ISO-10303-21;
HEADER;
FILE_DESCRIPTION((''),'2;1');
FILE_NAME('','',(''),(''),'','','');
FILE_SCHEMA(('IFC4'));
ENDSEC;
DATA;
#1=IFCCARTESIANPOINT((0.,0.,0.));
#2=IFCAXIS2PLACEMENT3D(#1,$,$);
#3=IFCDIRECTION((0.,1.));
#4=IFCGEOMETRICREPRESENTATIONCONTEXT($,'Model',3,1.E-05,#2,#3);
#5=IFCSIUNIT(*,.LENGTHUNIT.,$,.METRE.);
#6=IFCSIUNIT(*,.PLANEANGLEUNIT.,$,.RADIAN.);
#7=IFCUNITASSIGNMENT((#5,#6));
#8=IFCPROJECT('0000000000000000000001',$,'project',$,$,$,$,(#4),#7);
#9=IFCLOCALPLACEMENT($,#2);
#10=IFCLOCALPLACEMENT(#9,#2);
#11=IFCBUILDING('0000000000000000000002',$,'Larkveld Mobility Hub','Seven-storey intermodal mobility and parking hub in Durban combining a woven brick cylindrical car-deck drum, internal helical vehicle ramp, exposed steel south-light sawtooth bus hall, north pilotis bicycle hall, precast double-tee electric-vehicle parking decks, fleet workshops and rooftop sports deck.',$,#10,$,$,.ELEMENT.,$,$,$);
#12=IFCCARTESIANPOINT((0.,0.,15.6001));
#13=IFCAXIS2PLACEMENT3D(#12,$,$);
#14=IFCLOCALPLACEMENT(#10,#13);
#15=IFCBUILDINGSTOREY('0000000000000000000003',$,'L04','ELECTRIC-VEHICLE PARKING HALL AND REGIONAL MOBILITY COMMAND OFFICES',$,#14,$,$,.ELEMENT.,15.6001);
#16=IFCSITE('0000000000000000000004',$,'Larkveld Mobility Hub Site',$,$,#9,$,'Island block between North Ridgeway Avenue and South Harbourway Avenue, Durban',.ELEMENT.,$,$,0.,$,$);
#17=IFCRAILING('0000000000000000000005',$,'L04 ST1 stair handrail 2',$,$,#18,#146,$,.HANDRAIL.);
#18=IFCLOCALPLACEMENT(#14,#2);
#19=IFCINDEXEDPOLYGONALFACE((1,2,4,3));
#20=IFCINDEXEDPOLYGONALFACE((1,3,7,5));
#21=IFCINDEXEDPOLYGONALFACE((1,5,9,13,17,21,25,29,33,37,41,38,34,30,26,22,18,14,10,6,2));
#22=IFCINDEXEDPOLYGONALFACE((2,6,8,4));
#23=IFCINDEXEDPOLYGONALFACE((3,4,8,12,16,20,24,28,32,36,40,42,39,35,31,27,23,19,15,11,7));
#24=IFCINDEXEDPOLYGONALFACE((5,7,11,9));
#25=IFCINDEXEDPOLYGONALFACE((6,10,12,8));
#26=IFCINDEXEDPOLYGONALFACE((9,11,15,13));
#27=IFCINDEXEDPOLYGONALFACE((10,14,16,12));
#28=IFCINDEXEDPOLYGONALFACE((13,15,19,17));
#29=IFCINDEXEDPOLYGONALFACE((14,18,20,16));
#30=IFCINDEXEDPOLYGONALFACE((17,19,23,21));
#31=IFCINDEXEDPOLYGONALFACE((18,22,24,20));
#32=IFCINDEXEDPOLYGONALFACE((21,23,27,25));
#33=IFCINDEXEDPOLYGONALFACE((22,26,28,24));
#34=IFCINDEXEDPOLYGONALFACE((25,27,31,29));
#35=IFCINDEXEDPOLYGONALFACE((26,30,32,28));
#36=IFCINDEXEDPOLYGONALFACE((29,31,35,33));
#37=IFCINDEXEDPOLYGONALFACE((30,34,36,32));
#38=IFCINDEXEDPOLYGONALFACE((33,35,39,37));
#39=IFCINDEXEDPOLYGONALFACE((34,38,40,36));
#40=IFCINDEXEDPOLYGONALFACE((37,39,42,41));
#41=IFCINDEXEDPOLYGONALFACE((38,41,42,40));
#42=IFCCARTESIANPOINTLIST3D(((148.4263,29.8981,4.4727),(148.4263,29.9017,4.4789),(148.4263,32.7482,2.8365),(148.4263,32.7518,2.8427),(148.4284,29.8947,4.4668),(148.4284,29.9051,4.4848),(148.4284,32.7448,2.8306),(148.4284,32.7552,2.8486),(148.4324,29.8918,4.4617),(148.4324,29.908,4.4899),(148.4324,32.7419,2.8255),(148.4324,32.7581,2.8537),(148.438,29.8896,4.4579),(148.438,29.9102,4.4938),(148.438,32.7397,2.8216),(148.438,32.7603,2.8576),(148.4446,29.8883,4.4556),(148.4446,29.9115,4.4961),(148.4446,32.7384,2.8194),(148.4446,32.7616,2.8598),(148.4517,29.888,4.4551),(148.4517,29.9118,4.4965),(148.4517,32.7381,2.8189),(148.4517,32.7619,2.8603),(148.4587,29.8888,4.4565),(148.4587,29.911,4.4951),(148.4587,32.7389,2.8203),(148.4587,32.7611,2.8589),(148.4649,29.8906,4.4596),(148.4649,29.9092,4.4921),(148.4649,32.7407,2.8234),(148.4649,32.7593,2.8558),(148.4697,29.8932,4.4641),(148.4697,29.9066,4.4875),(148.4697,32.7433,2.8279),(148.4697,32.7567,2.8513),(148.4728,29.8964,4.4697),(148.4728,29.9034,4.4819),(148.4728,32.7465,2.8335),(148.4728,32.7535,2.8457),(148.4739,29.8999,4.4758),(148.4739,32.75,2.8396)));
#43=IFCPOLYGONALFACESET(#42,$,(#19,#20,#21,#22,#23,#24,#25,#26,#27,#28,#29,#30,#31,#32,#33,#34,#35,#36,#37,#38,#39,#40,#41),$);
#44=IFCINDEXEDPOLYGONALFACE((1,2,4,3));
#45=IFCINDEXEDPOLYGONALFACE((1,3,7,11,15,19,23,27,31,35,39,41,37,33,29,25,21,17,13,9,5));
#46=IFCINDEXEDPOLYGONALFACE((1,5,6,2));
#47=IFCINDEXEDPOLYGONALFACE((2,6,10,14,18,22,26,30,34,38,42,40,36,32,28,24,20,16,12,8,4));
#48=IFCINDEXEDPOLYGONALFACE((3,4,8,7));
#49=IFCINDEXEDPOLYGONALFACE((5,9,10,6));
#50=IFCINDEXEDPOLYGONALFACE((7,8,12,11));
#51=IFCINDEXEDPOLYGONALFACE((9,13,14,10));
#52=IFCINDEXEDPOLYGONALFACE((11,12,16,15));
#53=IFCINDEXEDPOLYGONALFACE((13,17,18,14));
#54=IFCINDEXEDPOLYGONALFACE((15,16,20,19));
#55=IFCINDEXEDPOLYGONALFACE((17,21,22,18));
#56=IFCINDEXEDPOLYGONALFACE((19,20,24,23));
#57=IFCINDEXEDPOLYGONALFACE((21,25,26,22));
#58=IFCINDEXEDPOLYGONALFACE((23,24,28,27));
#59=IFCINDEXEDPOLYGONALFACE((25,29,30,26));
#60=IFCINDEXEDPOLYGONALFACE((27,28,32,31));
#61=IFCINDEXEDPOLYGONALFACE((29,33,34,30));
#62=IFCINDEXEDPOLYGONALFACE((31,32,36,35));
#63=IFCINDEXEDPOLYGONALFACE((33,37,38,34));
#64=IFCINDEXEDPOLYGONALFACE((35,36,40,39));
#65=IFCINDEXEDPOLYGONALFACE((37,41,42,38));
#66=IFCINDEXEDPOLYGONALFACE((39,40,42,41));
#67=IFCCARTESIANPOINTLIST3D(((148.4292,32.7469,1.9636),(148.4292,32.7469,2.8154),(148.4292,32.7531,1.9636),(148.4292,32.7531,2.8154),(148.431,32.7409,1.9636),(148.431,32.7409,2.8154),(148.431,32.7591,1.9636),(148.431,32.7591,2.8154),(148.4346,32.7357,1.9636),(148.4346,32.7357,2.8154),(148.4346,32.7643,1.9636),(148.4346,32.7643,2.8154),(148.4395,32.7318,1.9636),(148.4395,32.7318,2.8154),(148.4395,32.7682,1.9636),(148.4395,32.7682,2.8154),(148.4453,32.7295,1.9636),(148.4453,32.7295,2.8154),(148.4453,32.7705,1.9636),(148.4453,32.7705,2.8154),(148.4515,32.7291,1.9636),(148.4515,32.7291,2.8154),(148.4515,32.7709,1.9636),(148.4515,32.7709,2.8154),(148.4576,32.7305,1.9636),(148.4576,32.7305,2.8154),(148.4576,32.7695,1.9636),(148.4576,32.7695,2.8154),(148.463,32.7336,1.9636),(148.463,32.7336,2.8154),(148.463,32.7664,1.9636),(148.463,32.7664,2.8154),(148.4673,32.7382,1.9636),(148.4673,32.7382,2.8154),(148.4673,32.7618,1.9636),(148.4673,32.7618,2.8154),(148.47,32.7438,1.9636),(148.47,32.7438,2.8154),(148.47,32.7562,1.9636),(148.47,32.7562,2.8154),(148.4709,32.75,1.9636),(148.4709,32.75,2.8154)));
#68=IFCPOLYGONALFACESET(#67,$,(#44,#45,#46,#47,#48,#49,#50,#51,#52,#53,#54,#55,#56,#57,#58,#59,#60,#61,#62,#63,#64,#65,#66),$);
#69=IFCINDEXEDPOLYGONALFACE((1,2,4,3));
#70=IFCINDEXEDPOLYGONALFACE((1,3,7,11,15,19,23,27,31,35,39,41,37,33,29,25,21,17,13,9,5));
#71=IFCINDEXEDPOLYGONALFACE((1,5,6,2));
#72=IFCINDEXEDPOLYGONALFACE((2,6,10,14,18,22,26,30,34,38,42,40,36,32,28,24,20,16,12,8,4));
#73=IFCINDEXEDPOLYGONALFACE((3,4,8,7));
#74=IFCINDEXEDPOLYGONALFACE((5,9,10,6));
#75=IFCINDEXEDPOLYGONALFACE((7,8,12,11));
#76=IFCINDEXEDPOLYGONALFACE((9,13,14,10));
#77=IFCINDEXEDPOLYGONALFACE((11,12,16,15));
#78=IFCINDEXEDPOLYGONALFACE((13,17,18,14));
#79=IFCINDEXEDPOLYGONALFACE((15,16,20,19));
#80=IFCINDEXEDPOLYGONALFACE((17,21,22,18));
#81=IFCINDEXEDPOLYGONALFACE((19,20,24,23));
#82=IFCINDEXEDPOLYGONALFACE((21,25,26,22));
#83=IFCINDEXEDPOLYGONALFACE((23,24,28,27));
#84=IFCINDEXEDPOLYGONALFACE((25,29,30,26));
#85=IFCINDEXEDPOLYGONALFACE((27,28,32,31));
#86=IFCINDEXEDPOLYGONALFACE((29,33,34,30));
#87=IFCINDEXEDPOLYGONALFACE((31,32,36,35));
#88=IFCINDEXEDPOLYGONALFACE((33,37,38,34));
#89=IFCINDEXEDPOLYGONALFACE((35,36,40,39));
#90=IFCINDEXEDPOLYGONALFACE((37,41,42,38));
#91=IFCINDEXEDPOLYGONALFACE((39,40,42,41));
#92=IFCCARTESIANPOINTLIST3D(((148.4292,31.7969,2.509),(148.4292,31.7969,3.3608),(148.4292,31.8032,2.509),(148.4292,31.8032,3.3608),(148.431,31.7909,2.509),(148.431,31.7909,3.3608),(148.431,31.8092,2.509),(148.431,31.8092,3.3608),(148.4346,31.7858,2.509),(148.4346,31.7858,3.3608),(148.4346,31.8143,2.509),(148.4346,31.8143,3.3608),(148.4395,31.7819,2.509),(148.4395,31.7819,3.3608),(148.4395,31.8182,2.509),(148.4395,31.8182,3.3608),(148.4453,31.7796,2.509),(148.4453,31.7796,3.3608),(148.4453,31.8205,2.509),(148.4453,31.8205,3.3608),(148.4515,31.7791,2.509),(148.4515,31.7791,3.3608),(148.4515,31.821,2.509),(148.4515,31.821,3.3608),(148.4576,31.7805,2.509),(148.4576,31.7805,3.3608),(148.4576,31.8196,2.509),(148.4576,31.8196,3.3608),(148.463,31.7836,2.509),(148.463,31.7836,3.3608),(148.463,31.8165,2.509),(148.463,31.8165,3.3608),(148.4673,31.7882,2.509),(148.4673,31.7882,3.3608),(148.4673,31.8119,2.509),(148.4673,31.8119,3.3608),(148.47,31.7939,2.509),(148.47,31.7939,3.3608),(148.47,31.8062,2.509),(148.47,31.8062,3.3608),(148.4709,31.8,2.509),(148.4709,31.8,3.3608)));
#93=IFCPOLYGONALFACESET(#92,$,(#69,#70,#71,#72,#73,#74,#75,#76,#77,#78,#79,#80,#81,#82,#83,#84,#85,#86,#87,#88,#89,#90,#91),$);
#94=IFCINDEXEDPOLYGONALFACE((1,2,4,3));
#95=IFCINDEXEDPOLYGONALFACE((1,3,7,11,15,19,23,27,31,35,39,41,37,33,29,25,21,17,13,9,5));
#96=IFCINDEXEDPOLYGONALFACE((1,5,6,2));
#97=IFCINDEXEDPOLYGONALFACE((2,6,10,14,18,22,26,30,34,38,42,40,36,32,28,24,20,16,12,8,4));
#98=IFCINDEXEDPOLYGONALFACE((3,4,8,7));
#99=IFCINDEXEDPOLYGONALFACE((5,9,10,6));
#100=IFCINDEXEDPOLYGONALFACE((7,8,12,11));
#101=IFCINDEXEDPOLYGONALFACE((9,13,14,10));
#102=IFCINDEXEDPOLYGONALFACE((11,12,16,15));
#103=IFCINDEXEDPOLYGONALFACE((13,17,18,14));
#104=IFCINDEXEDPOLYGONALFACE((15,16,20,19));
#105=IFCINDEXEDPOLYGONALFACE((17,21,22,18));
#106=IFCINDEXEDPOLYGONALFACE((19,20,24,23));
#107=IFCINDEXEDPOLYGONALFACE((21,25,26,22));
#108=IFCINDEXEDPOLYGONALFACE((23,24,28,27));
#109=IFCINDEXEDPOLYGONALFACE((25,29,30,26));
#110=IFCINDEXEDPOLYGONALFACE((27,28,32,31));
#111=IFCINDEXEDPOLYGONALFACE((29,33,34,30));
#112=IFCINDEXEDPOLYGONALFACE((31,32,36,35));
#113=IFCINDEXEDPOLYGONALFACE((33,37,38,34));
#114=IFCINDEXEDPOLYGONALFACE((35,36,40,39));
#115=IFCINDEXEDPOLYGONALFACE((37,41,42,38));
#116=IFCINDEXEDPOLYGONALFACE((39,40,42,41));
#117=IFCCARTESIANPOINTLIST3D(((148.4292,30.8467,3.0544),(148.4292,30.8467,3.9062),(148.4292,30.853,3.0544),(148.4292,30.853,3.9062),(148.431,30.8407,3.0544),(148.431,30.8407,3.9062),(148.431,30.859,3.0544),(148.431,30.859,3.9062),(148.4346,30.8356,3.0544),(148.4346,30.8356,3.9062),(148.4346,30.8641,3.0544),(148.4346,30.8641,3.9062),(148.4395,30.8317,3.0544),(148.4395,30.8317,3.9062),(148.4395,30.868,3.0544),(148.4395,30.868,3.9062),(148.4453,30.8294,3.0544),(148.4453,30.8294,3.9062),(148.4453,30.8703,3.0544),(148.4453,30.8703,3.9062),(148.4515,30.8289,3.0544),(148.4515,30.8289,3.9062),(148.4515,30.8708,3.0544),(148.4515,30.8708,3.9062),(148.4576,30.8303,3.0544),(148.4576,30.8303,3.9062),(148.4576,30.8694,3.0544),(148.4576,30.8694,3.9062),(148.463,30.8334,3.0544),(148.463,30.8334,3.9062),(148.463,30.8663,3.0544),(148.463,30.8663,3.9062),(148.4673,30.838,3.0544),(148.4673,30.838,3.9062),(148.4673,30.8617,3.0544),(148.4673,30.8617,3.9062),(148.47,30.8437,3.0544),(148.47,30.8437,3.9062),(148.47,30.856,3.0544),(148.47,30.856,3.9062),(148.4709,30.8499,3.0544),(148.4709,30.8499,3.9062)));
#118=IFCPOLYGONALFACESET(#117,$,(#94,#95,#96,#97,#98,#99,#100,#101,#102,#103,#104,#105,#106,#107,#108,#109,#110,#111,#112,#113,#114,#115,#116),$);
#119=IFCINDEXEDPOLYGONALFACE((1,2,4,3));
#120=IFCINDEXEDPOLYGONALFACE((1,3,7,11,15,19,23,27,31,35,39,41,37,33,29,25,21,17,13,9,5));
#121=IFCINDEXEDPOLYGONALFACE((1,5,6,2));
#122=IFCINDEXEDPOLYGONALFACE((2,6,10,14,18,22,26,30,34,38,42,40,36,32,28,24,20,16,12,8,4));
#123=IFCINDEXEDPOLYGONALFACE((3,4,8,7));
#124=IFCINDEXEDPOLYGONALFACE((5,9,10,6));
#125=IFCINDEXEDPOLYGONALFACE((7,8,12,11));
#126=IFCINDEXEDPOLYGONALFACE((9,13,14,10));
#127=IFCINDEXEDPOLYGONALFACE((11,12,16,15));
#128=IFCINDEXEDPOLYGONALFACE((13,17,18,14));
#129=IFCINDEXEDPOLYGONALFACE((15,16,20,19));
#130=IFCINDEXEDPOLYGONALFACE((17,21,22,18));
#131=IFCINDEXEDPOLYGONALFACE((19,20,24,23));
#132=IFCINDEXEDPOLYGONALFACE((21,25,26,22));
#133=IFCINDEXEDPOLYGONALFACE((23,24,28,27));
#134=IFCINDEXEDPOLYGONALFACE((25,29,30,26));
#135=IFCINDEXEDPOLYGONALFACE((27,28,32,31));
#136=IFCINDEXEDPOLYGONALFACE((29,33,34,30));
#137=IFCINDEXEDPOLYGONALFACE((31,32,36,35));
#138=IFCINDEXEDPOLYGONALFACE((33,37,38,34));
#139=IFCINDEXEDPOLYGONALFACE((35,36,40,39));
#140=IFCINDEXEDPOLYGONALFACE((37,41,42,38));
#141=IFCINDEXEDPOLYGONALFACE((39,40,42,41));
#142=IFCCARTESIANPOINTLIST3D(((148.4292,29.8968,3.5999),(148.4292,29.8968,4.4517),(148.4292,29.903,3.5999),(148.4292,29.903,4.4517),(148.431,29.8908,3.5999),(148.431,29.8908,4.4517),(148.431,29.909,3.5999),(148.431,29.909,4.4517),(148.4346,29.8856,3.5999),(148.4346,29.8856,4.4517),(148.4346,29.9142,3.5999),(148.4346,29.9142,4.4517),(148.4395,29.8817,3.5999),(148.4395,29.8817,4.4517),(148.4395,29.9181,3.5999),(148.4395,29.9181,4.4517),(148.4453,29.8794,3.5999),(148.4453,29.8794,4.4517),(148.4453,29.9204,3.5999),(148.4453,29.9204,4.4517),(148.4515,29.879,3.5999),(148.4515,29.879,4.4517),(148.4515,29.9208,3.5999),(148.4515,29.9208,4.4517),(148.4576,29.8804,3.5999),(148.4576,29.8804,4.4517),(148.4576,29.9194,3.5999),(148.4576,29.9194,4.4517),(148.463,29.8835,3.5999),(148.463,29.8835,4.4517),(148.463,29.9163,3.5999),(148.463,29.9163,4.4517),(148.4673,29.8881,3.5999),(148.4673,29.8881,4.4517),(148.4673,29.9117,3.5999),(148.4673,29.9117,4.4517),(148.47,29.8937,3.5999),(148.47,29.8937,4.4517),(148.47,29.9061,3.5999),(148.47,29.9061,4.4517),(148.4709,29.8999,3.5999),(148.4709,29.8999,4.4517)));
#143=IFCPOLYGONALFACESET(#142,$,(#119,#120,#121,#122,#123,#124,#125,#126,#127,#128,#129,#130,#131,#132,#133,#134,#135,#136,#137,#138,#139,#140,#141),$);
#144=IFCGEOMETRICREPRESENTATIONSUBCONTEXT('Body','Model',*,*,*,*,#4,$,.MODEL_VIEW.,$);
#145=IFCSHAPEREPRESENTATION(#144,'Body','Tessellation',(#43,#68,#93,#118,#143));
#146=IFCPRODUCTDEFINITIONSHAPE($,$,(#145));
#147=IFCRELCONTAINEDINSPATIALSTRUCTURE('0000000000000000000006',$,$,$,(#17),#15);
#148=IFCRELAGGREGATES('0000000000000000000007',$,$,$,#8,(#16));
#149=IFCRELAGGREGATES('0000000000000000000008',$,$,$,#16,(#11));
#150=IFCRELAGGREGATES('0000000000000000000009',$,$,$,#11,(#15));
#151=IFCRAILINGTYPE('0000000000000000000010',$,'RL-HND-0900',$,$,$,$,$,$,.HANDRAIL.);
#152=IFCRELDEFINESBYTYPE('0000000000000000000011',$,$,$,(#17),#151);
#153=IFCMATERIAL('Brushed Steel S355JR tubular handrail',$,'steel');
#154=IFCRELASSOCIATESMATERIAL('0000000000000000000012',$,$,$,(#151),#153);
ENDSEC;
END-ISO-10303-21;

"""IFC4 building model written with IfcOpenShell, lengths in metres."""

from ifc_helpers import new_model, si_unit, direction, frame, origin, origin_2d, place, context, subcontext, project, spatial, circle, extrude, material, type_object, element, save


model = new_model("IFC4")

# Units and contexts
model_context = context("Model", 3, precision=1e-05, world=origin(), true_north=direction((0.0, 1.0)))
body_context = subcontext(model_context, "Body", "Model", "MODEL_VIEW")
ifc_project = project(units=[si_unit("LENGTHUNIT", "METRE"), si_unit("PLANEANGLEUNIT", "RADIAN")], contexts=[model_context])

# Site, building, storey
site_placement = place(None, origin())
site = spatial("IfcSite", under=ifc_project, at=site_placement, Name="Larkveld Mobility Hub Site", LongName="Island block between North Ridgeway Avenue and South Harbourway Avenue, Durban", CompositionType="ELEMENT", RefElevation=0.0)
building_placement = place(site_placement, origin())
building = spatial("IfcBuilding", under=site, at=building_placement, Name="Larkveld Mobility Hub", Description="Seven-storey intermodal mobility and parking hub in Durban combining a woven brick cylindrical car-deck drum, internal helical vehicle ramp, exposed steel south-light sawtooth bus hall, north pilotis bicycle hall, precast double-tee electric-vehicle parking decks, fleet workshops and rooftop sports deck.", CompositionType="ELEMENT")
storey_placement = place(building_placement, frame((0.0, 0.0, 15.6001)))
storey = spatial("IfcBuildingStorey", under=building, at=storey_placement, Name="L04", Description="ELECTRIC-VEHICLE PARKING HALL AND REGIONAL MOBILITY COMMAND OFFICES", CompositionType="ELEMENT", Elevation=15.6001)

# Railing
ifc_material_1 = material(Name="Brushed Steel S355JR tubular handrail", Category="steel")
railing_type_1 = type_object("IfcRailingType", Name="RL-HND-0900", PredefinedType="HANDRAIL", material=ifc_material_1)
railing_1_placement = place(storey_placement, frame((148.45, 32.75, 1.9636)))
element("IfcRailing", 1, at=railing_1_placement, inside=storey, type_object=railing_type_1, Name="L04 ST1 stair handrail 2", PredefinedType="HANDRAIL", context=body_context, shape_type="SweptSolid", body=[
    extrude(circle(Radius=0.0239, at=origin_2d()), frame((0.0, 0.0, 0.876), z_axis=(0.0, -0.867245, 0.497882), x_axis=(1.0, 0.0, 0.0)), (0.0, 0.0, 1.0), 3.2864),
    extrude(circle(Radius=0.021, at=origin_2d()), origin(), (0.0, 0.0, 1.0), 0.8518),
    extrude(circle(Radius=0.021, at=origin_2d()), frame((0.0, -0.95, 0.5454)), (0.0, 0.0, 1.0), 0.8518),
    extrude(circle(Radius=0.021, at=origin_2d()), frame((0.0, -1.9001, 1.0908)), (0.0, 0.0, 1.0), 0.8518),
    extrude(circle(Radius=0.021, at=origin_2d()), frame((0.0, -2.8501, 1.6362)), (0.0, 0.0, 1.0), 0.8518),
])

save(model, "model.ifc")
